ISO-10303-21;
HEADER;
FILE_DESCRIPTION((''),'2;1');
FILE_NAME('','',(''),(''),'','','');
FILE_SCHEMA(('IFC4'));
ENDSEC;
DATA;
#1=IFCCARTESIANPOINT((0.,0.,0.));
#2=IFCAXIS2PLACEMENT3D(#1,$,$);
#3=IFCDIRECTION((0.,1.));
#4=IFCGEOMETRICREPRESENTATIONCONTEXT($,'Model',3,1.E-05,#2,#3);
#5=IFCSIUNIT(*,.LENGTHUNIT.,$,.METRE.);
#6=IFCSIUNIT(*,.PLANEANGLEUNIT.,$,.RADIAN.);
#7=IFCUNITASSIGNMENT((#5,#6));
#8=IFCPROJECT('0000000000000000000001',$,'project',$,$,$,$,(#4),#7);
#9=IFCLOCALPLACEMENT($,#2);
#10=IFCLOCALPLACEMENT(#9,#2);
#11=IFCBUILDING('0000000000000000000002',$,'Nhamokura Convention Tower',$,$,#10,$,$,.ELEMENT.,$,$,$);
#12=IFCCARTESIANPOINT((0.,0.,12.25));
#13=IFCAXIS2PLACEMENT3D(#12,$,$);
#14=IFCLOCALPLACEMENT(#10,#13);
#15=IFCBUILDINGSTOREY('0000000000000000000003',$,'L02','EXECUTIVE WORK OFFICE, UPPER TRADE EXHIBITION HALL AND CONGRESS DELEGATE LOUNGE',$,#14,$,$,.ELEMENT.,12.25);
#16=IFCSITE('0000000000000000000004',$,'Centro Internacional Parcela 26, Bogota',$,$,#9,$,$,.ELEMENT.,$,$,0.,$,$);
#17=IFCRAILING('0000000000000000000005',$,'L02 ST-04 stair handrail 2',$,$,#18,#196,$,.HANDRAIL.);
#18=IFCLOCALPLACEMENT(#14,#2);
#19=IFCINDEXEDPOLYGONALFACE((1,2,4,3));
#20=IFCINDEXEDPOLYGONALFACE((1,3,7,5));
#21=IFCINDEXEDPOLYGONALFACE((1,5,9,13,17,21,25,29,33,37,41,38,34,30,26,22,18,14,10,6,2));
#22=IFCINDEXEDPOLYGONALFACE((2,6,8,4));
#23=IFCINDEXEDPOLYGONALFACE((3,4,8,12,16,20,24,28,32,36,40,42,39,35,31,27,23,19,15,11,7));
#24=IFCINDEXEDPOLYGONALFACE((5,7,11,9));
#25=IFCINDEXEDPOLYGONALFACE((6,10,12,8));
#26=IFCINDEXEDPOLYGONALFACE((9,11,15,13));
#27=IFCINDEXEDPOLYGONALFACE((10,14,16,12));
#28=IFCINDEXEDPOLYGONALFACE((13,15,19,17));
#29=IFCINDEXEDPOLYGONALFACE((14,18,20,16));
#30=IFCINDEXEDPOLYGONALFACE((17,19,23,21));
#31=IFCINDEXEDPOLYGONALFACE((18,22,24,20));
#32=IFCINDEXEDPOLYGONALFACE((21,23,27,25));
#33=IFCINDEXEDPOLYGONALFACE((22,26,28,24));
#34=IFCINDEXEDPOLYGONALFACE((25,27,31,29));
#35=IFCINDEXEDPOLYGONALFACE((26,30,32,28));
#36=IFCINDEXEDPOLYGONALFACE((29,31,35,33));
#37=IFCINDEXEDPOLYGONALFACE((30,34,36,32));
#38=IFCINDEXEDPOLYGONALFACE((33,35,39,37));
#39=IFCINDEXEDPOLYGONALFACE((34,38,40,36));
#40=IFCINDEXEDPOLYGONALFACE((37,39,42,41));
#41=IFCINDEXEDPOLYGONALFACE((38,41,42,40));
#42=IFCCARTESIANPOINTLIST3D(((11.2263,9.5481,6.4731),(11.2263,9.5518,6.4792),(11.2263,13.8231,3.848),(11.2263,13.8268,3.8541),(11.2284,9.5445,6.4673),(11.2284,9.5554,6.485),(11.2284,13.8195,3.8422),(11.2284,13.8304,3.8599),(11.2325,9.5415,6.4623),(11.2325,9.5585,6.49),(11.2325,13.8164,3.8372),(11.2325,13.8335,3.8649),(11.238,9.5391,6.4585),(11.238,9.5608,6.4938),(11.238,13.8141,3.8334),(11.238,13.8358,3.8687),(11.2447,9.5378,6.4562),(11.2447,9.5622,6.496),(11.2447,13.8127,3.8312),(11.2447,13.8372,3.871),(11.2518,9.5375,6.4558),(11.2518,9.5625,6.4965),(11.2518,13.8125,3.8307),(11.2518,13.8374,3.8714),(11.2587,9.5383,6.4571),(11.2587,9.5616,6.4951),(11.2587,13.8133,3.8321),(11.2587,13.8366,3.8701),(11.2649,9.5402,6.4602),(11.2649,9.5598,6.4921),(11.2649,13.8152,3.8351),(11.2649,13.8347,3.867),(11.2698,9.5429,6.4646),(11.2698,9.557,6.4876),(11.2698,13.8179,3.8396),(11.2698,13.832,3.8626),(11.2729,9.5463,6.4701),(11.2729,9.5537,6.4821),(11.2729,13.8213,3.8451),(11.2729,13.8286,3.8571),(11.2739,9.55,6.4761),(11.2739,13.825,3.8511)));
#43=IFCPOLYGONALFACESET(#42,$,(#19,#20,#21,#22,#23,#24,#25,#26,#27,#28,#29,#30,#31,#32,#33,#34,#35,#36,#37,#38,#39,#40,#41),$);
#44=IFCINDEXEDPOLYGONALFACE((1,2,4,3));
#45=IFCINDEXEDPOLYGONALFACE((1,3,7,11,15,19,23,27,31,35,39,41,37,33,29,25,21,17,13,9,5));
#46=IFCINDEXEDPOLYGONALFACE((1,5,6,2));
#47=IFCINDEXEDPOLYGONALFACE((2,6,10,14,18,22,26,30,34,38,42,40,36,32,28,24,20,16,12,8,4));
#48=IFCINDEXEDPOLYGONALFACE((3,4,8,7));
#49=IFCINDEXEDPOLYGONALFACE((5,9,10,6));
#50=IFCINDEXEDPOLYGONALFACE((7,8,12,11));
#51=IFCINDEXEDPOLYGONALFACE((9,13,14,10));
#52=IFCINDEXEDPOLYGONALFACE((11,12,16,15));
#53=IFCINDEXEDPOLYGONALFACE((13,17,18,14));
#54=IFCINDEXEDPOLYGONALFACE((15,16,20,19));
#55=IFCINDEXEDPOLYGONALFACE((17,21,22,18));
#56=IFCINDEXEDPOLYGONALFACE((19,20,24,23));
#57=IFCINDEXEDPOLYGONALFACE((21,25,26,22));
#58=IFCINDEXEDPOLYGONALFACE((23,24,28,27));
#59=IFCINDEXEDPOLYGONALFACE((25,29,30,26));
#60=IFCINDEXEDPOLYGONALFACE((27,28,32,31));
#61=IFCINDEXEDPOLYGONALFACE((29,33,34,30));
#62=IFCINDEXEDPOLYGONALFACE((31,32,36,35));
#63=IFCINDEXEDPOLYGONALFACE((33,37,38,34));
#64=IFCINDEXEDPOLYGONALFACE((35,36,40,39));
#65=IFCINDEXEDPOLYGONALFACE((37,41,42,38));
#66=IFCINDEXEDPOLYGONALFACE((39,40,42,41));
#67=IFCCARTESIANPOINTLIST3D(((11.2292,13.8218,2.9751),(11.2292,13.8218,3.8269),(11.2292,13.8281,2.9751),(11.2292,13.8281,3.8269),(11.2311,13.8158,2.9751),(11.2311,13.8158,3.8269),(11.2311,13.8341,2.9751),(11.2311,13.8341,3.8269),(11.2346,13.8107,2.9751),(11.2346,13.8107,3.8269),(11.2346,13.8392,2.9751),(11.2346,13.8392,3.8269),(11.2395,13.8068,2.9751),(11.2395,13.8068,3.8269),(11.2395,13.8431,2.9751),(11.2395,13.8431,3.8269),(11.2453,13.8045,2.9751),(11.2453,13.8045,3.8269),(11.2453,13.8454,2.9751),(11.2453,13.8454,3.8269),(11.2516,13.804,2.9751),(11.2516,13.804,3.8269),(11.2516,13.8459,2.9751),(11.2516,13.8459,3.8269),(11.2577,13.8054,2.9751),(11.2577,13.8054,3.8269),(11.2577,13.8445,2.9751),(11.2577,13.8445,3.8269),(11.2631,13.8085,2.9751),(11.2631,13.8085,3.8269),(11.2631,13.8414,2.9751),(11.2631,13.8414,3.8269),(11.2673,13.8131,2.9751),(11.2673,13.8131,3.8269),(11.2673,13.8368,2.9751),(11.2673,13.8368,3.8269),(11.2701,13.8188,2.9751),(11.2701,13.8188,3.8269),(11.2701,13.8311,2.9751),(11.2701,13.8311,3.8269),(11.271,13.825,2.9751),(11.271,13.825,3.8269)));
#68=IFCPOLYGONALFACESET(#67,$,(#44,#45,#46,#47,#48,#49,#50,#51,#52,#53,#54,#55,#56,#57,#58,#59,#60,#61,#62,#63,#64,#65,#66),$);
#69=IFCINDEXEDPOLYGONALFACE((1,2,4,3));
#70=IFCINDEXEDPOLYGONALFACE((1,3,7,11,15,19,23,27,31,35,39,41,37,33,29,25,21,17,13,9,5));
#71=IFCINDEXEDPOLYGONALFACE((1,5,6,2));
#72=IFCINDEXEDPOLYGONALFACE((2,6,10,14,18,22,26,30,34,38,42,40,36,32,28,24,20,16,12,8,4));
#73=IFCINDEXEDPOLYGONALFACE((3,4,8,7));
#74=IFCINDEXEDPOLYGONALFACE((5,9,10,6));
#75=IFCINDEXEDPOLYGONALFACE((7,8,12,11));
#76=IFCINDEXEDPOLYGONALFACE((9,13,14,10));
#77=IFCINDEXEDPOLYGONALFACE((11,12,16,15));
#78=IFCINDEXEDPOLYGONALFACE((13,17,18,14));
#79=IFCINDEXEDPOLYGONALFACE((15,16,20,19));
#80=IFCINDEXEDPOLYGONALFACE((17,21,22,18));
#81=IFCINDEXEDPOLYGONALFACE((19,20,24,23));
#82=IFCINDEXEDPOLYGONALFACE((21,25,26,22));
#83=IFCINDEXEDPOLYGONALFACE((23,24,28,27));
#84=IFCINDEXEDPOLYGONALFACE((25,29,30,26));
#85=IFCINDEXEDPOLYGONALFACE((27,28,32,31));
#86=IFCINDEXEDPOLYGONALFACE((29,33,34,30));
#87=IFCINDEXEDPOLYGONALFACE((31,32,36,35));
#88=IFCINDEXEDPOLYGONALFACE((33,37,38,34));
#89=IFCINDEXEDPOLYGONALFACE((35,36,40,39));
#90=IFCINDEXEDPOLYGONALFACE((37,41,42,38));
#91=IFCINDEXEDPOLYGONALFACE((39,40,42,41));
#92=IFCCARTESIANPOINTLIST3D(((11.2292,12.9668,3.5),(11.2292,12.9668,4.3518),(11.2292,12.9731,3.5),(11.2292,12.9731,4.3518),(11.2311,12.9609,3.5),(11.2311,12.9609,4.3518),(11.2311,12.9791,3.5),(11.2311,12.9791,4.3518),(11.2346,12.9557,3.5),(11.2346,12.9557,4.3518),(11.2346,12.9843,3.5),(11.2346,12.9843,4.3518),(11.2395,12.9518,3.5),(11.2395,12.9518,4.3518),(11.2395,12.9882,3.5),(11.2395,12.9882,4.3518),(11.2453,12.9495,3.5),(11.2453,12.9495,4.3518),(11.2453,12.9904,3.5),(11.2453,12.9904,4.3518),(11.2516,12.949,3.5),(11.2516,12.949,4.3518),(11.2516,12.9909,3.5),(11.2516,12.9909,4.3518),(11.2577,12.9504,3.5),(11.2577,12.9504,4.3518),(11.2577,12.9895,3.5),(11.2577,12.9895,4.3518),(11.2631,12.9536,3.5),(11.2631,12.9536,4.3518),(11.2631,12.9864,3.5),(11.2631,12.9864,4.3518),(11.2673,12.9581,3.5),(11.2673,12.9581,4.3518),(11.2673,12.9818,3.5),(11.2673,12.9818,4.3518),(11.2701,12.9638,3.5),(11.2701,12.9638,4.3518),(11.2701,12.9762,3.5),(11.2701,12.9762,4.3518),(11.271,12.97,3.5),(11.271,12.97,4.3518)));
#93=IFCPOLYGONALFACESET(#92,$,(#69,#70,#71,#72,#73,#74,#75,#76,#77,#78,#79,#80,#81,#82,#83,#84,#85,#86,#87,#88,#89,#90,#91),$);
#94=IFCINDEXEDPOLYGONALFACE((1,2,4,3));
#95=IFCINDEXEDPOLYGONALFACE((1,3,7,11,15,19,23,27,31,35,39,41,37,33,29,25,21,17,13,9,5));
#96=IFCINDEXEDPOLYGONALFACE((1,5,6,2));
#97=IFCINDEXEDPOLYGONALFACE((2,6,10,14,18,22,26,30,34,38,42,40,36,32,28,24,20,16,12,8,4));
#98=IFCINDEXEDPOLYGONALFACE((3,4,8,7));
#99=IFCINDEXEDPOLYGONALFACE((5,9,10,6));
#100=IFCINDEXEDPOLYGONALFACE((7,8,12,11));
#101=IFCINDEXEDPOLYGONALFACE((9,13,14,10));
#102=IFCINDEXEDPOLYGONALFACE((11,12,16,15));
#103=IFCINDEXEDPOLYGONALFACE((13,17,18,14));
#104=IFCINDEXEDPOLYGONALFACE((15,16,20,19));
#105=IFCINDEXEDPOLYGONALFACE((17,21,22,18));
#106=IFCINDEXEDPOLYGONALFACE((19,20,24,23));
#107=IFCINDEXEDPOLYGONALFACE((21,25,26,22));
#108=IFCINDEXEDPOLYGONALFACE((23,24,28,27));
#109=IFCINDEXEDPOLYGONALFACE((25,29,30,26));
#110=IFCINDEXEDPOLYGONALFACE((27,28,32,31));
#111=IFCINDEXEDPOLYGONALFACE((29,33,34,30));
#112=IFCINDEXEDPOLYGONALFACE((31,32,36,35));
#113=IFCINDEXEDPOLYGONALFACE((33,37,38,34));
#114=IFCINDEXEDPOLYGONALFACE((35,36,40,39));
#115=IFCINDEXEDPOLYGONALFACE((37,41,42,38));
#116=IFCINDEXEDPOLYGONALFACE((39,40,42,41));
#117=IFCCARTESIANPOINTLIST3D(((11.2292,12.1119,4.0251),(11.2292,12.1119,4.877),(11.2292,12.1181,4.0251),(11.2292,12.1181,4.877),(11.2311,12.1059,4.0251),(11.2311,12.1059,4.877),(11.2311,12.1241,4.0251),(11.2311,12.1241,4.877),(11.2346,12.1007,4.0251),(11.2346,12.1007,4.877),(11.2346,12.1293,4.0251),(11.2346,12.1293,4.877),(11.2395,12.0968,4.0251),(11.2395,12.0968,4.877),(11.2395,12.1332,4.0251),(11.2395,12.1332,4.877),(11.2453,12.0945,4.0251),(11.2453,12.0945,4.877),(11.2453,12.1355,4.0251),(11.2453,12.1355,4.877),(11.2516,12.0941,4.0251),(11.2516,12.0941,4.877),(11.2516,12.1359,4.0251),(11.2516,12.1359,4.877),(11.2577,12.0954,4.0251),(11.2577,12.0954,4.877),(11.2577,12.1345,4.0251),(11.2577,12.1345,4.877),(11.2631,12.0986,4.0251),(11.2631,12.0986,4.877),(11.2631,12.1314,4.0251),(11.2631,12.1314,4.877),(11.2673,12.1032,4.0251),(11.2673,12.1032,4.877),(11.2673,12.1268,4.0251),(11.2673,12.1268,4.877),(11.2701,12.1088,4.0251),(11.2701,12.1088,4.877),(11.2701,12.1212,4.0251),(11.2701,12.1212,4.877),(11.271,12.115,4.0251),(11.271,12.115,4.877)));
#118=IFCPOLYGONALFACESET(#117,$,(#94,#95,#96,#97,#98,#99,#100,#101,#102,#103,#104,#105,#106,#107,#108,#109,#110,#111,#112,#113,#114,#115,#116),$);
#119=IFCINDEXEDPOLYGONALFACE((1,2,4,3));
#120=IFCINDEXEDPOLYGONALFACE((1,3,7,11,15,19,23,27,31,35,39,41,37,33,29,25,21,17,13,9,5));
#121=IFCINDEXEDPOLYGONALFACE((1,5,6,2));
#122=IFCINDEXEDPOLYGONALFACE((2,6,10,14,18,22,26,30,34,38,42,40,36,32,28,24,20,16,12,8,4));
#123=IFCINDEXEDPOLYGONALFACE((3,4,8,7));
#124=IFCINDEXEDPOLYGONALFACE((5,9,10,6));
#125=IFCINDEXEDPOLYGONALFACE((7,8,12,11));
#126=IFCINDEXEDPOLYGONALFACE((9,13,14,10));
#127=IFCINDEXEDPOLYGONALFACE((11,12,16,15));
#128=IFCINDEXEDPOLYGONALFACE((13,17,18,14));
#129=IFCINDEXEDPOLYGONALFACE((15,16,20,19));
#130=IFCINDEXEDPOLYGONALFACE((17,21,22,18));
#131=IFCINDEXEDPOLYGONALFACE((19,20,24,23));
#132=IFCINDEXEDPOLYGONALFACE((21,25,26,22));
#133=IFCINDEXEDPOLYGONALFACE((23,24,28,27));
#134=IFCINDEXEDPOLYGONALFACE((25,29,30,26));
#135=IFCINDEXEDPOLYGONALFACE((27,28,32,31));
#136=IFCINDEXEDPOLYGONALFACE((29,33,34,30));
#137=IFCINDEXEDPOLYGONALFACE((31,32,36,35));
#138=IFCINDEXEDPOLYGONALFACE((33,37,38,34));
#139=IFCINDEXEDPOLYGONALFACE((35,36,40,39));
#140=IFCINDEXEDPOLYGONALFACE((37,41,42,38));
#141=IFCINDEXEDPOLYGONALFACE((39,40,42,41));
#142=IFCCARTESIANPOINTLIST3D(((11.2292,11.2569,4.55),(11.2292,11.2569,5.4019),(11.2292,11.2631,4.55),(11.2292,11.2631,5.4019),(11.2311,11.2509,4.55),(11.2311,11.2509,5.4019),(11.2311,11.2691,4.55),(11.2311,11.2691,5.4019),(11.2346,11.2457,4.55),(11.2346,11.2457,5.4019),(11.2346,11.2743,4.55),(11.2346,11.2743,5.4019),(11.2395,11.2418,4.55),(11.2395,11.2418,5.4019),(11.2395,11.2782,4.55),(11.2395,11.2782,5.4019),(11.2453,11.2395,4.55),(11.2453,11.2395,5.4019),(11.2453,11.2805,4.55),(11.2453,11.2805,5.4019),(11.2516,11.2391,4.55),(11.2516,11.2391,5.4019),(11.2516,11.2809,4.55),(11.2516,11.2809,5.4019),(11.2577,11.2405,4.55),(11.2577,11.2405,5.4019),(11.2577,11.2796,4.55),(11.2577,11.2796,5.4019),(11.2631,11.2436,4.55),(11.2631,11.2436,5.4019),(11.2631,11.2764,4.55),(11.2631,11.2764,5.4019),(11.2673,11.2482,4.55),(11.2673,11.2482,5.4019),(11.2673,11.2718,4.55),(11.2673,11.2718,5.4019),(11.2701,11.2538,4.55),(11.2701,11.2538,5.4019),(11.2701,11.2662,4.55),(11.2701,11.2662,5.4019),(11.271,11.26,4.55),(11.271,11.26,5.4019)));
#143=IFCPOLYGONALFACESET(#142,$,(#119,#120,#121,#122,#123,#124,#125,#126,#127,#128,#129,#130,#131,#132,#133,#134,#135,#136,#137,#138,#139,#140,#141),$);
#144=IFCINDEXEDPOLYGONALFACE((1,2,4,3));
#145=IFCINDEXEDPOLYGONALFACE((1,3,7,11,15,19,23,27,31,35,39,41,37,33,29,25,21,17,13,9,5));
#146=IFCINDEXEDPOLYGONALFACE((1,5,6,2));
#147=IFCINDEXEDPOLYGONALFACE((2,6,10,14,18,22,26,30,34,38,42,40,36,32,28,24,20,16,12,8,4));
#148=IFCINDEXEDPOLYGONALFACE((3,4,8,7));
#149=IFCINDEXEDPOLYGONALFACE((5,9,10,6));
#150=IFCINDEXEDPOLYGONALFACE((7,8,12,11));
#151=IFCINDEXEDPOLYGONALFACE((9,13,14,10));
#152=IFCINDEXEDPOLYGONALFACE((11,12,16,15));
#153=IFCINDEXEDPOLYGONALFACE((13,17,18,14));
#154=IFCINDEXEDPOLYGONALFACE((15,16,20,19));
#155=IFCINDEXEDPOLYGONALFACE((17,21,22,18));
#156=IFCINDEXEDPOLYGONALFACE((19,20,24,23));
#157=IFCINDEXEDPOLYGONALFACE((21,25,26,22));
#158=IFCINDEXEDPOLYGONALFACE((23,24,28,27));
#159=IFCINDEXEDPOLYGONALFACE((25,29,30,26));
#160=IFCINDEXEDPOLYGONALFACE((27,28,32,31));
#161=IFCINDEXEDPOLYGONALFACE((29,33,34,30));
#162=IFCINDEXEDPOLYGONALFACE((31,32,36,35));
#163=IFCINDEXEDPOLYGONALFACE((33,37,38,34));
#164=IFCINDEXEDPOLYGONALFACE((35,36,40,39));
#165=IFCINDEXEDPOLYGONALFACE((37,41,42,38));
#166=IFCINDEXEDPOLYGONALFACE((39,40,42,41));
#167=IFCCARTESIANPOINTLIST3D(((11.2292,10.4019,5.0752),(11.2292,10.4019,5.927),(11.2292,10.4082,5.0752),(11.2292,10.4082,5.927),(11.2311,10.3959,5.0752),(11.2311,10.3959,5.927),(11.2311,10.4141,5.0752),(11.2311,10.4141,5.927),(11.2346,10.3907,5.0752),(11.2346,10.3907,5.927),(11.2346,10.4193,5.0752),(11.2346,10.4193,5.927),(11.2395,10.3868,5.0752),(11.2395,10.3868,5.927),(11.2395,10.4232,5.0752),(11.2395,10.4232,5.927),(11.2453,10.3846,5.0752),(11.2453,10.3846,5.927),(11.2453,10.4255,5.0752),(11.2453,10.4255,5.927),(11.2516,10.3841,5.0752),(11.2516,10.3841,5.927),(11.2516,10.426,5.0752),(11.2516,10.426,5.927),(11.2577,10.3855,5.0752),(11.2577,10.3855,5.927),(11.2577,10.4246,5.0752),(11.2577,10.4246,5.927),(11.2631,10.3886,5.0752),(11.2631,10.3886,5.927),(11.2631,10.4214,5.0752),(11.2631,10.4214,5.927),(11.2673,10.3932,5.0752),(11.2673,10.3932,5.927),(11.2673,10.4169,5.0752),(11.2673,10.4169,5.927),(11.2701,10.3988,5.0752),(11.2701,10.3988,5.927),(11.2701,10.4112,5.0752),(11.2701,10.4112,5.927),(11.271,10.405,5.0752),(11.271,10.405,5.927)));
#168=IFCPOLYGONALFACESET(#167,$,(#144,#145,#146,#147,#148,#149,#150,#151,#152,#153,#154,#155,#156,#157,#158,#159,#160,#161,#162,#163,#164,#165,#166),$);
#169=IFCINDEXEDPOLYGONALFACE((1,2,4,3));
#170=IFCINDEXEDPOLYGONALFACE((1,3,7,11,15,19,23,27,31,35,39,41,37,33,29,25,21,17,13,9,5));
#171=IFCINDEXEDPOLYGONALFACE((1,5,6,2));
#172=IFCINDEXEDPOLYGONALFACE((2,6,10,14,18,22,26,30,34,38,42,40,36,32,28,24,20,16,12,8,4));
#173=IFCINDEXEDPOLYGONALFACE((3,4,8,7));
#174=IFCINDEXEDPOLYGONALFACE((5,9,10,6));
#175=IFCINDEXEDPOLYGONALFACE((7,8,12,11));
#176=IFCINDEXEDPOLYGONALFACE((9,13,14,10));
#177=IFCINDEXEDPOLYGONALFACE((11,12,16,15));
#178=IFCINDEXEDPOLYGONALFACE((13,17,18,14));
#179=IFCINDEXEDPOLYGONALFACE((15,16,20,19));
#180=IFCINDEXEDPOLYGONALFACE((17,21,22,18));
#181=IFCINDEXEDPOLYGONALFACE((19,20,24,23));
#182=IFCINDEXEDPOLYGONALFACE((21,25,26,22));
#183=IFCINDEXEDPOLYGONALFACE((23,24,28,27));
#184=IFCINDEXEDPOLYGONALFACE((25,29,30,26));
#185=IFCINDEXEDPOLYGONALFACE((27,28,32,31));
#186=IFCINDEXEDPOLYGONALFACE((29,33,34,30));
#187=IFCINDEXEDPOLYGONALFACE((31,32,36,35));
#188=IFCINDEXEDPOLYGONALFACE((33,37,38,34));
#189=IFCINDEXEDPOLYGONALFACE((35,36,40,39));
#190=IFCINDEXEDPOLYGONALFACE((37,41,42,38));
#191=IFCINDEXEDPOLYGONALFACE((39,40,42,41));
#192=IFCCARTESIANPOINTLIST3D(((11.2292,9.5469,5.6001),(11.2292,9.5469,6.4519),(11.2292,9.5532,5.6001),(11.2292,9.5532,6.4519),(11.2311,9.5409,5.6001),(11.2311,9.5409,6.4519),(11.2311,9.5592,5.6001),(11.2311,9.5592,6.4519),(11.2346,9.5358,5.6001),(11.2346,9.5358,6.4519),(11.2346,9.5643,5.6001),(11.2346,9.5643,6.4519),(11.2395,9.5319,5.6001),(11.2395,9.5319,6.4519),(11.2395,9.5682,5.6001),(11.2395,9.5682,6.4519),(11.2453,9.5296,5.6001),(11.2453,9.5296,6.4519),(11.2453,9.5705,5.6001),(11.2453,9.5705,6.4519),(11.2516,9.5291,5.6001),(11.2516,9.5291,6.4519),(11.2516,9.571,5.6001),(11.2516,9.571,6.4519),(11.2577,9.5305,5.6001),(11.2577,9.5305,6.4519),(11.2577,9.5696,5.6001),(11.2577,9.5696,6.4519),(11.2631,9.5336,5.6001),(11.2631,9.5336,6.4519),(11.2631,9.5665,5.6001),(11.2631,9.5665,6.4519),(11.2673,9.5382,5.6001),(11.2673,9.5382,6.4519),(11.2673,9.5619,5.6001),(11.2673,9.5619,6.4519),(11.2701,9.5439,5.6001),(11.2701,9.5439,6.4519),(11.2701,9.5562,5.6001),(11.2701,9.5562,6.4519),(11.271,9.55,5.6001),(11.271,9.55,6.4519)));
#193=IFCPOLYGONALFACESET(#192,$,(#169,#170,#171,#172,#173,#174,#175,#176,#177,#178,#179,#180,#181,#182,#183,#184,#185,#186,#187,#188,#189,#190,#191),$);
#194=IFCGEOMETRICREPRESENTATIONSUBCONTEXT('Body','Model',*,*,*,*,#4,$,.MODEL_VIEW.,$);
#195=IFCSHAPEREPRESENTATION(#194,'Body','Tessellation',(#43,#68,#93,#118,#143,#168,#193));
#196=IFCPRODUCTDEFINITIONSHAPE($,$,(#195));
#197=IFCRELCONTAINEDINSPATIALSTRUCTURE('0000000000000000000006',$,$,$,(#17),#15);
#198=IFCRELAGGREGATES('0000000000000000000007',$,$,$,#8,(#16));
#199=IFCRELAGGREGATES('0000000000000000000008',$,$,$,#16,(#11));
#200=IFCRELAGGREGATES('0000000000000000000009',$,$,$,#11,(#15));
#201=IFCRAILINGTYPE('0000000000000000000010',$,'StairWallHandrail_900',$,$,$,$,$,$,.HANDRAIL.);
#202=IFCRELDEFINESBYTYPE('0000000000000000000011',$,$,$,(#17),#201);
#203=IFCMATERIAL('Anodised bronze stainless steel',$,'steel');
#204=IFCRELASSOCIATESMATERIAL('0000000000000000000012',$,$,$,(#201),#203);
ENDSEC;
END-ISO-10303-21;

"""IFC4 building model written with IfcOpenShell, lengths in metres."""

from ifc_helpers import new_model, si_unit, direction, frame, origin, origin_2d, place, context, subcontext, project, spatial, circle, extrude, material, type_object, element, save


model = new_model("IFC4")

# Units and contexts
model_context = context("Model", 3, precision=1e-05, world=origin(), true_north=direction((0.0, 1.0)))
body_context = subcontext(model_context, "Body", "Model", "MODEL_VIEW")
ifc_project = project(units=[si_unit("LENGTHUNIT", "METRE"), si_unit("PLANEANGLEUNIT", "RADIAN")], contexts=[model_context])

# Site, building, storey
site_placement = place(None, origin())
site = spatial("IfcSite", under=ifc_project, at=site_placement, Name="Centro Internacional Parcela 26, Bogota", CompositionType="ELEMENT", RefElevation=0.0)
building_placement = place(site_placement, origin())
building = spatial("IfcBuilding", under=site, at=building_placement, Name="Nhamokura Convention Tower", CompositionType="ELEMENT")
storey_placement = place(building_placement, frame((0.0, 0.0, 12.25)))
storey = spatial("IfcBuildingStorey", under=building, at=storey_placement, Name="L02", Description="EXECUTIVE WORK OFFICE, UPPER TRADE EXHIBITION HALL AND CONGRESS DELEGATE LOUNGE", CompositionType="ELEMENT", Elevation=12.25)

# Railing
ifc_material_1 = material(Name="Anodised bronze stainless steel", Category="steel")
railing_type_1 = type_object("IfcRailingType", Name="StairWallHandrail_900", PredefinedType="HANDRAIL", material=ifc_material_1)
railing_1_placement = place(storey_placement, frame((11.25, 13.825, 2.9751)))
element("IfcRailing", 1, at=railing_1_placement, inside=storey, type_object=railing_type_1, Name="L02 ST-04 stair handrail 2", PredefinedType="HANDRAIL", context=body_context, shape_type="SweptSolid", body=[
    extrude(circle(Radius=0.0239, at=origin_2d()), frame((0.0, 0.0, 0.876), z_axis=(0.0, -0.852166, 0.523272), x_axis=(1.0, 0.0, 0.0)), (0.0, 0.0, 1.0), 5.0166),
    extrude(circle(Radius=0.021, at=origin_2d()), origin(), (0.0, 0.0, 1.0), 0.8518),
    extrude(circle(Radius=0.021, at=origin_2d()), frame((0.0, -0.855, 0.5249)), (0.0, 0.0, 1.0), 0.8518),
    extrude(circle(Radius=0.021, at=origin_2d()), frame((0.0, -1.71, 1.05)), (0.0, 0.0, 1.0), 0.8518),
    extrude(circle(Radius=0.021, at=origin_2d()), frame((0.0, -2.5649, 1.575)), (0.0, 0.0, 1.0), 0.8518),
    extrude(circle(Radius=0.021, at=origin_2d()), frame((0.0, -3.4199, 2.1001)), (0.0, 0.0, 1.0), 0.8518),
    extrude(circle(Radius=0.021, at=origin_2d()), frame((0.0, -4.2749, 2.625)), (0.0, 0.0, 1.0), 0.8518),
])

save(model, "model.ifc")
